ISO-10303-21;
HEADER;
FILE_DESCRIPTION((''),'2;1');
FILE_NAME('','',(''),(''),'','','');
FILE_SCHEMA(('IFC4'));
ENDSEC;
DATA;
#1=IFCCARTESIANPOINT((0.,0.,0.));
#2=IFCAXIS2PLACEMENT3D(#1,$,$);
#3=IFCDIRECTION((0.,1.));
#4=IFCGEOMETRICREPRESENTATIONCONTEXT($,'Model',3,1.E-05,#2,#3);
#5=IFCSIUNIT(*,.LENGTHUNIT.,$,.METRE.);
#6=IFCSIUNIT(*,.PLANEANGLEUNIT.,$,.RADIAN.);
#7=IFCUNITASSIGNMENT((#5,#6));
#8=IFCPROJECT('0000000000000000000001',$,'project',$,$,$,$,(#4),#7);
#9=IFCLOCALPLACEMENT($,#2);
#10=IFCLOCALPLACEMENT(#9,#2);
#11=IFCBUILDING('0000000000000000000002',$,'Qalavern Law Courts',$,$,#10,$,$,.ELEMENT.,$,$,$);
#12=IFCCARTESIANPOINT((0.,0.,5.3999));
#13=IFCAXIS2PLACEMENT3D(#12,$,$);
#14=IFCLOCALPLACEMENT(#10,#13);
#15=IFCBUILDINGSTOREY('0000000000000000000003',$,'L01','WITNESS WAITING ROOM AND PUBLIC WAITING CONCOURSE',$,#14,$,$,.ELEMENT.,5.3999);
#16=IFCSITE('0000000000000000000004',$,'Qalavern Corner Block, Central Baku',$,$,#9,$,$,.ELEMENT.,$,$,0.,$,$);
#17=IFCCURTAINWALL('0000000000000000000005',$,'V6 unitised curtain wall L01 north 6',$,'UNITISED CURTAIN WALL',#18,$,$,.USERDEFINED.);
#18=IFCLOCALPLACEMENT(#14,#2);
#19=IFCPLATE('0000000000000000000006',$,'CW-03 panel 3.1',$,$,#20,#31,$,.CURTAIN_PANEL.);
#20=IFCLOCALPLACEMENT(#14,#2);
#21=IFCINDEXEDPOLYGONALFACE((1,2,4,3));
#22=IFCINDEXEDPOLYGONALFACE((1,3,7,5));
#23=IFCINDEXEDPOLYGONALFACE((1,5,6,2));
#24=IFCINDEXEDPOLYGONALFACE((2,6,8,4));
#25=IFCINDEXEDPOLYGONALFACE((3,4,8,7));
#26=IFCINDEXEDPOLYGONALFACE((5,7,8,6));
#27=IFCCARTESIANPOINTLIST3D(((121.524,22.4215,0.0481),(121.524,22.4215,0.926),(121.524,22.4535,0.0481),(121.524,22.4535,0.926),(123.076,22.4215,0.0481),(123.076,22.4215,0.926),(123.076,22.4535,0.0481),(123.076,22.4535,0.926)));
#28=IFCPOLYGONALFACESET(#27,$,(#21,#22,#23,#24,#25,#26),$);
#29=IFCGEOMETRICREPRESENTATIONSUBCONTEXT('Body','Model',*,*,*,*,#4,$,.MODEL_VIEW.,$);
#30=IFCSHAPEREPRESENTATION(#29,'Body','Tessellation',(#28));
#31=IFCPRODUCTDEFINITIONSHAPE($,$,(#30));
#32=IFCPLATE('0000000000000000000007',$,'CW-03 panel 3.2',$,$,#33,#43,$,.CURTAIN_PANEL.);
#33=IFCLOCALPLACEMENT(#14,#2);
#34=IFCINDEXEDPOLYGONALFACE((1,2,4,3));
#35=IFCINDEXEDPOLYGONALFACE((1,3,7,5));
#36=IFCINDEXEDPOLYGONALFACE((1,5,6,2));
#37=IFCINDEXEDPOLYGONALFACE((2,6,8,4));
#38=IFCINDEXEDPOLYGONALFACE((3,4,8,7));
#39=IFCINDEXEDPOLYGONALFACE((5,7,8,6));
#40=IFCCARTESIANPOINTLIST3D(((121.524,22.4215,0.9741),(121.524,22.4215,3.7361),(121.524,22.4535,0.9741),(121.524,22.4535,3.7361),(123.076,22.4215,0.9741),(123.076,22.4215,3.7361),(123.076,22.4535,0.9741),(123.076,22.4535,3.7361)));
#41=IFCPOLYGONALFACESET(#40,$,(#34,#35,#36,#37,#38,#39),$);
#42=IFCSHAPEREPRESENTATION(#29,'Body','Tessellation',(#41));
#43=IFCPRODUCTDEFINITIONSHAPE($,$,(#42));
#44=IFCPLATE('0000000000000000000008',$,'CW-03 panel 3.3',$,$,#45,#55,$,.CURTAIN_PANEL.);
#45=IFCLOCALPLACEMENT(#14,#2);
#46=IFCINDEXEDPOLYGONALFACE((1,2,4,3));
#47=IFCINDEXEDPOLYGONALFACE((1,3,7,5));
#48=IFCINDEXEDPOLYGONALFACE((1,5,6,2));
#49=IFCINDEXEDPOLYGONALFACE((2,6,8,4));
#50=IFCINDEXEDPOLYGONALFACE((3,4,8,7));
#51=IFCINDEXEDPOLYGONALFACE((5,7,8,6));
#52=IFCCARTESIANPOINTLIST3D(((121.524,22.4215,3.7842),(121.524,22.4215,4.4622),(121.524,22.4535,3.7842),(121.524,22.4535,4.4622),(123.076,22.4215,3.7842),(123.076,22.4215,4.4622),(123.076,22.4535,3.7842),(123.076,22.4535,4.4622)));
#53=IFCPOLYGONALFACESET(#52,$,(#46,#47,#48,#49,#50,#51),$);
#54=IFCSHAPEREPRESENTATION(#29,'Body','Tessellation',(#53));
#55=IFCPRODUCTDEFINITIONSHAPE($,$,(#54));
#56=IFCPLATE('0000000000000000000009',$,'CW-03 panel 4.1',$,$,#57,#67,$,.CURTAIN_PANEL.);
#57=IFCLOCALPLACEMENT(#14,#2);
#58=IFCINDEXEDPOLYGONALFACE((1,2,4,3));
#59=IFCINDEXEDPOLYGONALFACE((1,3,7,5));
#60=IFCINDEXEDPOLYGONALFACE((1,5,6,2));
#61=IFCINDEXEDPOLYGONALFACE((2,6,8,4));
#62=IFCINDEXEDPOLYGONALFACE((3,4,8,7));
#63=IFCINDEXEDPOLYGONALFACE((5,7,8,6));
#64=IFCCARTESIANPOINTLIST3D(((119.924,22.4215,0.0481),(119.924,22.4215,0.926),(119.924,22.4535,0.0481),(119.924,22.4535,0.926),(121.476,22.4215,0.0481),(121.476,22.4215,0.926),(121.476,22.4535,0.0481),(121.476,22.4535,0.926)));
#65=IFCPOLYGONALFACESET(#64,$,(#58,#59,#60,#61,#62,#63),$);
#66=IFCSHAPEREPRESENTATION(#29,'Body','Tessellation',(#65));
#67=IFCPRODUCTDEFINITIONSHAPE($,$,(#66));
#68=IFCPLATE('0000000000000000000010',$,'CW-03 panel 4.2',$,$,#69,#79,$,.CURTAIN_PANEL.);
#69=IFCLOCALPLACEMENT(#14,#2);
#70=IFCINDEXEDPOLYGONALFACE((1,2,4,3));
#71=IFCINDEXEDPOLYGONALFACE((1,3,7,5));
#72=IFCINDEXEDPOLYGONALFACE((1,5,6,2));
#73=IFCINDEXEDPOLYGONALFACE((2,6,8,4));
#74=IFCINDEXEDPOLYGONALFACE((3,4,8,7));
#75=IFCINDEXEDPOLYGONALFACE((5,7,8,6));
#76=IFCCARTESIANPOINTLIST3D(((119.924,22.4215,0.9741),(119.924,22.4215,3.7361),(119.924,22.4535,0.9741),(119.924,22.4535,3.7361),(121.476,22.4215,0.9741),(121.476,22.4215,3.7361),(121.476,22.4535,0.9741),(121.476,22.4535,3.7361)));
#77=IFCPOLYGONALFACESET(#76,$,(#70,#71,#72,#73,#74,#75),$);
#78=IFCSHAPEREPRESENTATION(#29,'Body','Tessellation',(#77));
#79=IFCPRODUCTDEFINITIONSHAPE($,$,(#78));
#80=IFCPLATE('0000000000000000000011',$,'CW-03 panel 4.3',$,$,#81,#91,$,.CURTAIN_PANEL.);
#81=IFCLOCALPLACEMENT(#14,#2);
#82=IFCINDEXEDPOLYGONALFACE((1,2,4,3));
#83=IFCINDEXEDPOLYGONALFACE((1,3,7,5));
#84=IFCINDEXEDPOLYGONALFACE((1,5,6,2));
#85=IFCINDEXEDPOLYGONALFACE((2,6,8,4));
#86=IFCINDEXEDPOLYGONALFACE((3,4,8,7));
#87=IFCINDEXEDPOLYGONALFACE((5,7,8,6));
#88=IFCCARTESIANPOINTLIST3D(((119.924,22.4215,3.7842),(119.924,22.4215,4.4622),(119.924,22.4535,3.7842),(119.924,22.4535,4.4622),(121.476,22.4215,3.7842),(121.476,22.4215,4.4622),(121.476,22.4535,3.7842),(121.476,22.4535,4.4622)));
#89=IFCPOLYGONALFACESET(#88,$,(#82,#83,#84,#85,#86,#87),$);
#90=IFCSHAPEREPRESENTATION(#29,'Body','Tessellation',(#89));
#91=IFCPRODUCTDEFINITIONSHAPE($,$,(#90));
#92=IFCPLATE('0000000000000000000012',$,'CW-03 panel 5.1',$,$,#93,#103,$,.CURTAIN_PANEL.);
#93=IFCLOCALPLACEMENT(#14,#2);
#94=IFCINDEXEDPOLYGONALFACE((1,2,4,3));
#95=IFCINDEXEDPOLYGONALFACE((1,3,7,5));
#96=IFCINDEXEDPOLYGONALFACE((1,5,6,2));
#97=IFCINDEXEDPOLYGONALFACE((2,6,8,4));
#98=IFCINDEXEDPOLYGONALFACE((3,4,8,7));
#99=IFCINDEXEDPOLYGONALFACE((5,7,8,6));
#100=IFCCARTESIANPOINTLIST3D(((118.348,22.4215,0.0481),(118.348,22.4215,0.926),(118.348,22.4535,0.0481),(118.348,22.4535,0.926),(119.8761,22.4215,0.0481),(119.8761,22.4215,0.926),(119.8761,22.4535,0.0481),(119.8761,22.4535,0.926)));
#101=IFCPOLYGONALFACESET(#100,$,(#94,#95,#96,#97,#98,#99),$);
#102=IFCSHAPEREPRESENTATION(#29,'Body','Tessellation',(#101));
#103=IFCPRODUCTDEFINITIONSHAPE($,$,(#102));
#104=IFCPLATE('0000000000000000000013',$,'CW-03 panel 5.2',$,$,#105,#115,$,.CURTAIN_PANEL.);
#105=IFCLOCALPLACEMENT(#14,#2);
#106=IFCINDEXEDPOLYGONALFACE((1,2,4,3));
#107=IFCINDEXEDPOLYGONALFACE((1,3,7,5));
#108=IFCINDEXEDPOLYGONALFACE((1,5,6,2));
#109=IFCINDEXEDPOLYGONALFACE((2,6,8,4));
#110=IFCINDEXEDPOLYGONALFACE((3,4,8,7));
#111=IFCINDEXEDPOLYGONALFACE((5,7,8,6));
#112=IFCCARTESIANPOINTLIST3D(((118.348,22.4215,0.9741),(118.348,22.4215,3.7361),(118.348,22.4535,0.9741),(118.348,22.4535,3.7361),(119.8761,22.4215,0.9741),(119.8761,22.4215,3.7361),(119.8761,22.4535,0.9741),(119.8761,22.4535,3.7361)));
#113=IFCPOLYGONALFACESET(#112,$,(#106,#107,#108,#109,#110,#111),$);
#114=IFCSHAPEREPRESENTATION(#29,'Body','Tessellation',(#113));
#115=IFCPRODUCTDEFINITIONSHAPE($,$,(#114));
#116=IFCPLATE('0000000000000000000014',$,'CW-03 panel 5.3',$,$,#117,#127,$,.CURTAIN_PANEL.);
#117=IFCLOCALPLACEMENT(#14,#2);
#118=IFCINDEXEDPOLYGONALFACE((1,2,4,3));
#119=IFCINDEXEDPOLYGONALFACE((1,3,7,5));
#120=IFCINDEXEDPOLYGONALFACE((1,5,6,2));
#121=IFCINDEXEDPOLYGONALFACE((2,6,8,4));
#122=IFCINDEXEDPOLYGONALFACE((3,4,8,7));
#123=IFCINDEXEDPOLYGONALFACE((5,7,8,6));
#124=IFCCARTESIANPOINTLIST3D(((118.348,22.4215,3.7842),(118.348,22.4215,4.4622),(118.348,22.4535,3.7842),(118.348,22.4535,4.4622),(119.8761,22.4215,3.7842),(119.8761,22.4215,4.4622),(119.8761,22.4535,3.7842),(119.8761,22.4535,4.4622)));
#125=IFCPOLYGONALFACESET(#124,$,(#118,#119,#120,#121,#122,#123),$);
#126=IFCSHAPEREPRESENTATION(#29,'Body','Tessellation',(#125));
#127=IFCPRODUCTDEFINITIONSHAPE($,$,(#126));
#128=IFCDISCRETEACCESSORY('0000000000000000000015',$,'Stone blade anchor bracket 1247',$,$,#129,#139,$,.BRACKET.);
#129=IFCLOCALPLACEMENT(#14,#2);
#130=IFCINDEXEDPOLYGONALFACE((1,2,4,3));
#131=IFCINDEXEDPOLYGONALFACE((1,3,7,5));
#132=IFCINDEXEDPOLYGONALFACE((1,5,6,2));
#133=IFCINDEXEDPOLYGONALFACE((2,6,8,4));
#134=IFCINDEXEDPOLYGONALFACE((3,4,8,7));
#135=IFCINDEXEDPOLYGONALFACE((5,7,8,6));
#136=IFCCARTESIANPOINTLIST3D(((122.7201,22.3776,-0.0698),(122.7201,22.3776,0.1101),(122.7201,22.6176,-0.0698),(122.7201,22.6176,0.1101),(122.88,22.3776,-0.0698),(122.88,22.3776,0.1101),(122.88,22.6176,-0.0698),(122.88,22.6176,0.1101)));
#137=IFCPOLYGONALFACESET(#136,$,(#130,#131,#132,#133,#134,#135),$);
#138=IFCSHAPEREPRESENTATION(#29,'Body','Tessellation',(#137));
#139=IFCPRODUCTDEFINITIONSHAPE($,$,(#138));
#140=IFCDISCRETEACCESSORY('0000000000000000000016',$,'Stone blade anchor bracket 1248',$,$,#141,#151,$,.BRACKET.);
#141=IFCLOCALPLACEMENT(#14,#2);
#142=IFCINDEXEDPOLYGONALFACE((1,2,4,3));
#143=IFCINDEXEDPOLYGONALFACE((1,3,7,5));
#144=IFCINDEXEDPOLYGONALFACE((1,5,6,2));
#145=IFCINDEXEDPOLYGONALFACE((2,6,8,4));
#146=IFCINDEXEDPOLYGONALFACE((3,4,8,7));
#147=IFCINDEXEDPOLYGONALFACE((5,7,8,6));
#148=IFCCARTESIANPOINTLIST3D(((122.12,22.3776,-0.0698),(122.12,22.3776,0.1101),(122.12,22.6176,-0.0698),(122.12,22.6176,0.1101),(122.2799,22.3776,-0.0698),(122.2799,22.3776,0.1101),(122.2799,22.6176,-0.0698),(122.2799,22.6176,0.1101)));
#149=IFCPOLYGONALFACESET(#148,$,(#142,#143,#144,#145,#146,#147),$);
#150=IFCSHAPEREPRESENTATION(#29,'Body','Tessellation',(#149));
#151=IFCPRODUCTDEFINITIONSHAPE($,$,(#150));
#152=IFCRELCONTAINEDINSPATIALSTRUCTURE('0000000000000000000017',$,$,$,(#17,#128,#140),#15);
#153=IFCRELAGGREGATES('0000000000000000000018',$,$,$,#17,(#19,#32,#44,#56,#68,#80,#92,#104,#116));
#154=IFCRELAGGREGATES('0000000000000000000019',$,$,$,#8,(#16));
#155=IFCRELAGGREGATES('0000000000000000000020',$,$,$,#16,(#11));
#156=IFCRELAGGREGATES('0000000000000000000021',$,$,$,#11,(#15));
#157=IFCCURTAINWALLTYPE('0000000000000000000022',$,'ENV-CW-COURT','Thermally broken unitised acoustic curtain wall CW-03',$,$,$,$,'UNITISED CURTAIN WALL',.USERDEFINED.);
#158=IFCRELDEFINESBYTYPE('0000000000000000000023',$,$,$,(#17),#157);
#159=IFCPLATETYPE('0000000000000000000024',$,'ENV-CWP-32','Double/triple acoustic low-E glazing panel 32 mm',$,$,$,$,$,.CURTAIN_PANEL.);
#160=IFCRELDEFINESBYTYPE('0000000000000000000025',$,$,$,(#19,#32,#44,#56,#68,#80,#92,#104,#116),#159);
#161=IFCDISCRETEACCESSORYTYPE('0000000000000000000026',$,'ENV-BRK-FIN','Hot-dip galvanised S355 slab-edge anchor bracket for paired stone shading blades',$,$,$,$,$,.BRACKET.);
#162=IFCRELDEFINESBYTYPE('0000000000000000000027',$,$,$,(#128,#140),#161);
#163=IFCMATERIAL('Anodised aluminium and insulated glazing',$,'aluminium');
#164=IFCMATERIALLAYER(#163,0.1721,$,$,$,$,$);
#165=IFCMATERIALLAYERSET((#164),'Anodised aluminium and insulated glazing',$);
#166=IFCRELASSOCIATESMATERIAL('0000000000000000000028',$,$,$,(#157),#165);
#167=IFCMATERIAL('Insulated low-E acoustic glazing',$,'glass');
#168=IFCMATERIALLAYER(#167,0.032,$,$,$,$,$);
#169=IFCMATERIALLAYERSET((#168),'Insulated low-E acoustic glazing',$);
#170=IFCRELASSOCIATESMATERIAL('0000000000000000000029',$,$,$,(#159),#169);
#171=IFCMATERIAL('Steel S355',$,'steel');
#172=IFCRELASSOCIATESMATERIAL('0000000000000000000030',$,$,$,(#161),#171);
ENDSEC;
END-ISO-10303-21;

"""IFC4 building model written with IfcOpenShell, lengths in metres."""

from ifc_helpers import new_model, si_unit, direction, frame, origin, origin_2d, place, context, subcontext, project, spatial, rectangle, extrude, material, layer, layer_set, type_object, element, aggregate, save


model = new_model("IFC4")

# Units and contexts
model_context = context("Model", 3, precision=1e-05, world=origin(), true_north=direction((0.0, 1.0)))
body_context = subcontext(model_context, "Body", "Model", "MODEL_VIEW")
ifc_project = project(units=[si_unit("LENGTHUNIT", "METRE"), si_unit("PLANEANGLEUNIT", "RADIAN")], contexts=[model_context])

# Site, building, storey
site_placement = place(None, origin())
site = spatial("IfcSite", under=ifc_project, at=site_placement, Name="Qalavern Corner Block, Central Baku", CompositionType="ELEMENT", RefElevation=0.0)
building_placement = place(site_placement, origin())
building = spatial("IfcBuilding", under=site, at=building_placement, Name="Qalavern Law Courts", CompositionType="ELEMENT")
storey_placement = place(building_placement, frame((0.0, 0.0, 5.3999)))
storey = spatial("IfcBuildingStorey", under=building, at=storey_placement, Name="L01", Description="WITNESS WAITING ROOM AND PUBLIC WAITING CONCOURSE", CompositionType="ELEMENT", Elevation=5.3999)

# Curtain wall, plates
ifc_material_1 = material(Name="Anodised aluminium and insulated glazing", Category="aluminium")
ifc_layer_1 = layer(ifc_material_1, 0.1721)
ifc_layer_set_1 = layer_set([ifc_layer_1], Name="Anodised aluminium and insulated glazing")
curtain_wall_type = type_object("IfcCurtainWallType", Name="ENV-CW-COURT", Description="Thermally broken unitised acoustic curtain wall CW-03", ElementType="UNITISED CURTAIN WALL", PredefinedType="USERDEFINED", material=ifc_layer_set_1)
curtain_wall_placement = place(storey_placement, origin())
curtain_wall = element("IfcCurtainWall", 1, at=curtain_wall_placement, inside=storey, type_object=curtain_wall_type, Name="V6 unitised curtain wall L01 north 6", ObjectType="UNITISED CURTAIN WALL", PredefinedType="USERDEFINED")
ifc_material_2 = material(Name="Insulated low-E acoustic glazing", Category="glass")
ifc_layer_2 = layer(ifc_material_2, 0.032)
ifc_layer_set_2 = layer_set([ifc_layer_2], Name="Insulated low-E acoustic glazing")
plate_type = type_object("IfcPlateType", Name="ENV-CWP-32", Description="Double/triple acoustic low-E glazing panel 32 mm", PredefinedType="CURTAIN_PANEL", material=ifc_layer_set_2)
plate_1_placement = place(storey_placement, frame((122.3, 22.4375, 0.0481), z_axis=(0.0, 0.0, 1.0), x_axis=(-1.0, 0.0, 0.0)))
plate_1 = element("IfcPlate", 2, at=plate_1_placement, type_object=plate_type, Name="CW-03 panel 3.1", PredefinedType="CURTAIN_PANEL", context=body_context, shape_type="SweptSolid", body=[
    extrude(rectangle(XDim=1.552, YDim=0.032, at=origin_2d()), origin(), (0.0, 0.0, 1.0), 0.8779),
])
plate_2_placement = place(storey_placement, frame((122.3, 22.4375, 0.9741), z_axis=(0.0, 0.0, 1.0), x_axis=(-1.0, 0.0, 0.0)))
plate_2 = element("IfcPlate", 3, at=plate_2_placement, type_object=plate_type, Name="CW-03 panel 3.2", PredefinedType="CURTAIN_PANEL", context=body_context, shape_type="SweptSolid", body=[
    extrude(rectangle(XDim=1.552, YDim=0.032, at=origin_2d()), origin(), (0.0, 0.0, 1.0), 2.762),
])
plate_3_placement = place(storey_placement, frame((122.3, 22.4375, 3.7842), z_axis=(0.0, 0.0, 1.0), x_axis=(-1.0, 0.0, 0.0)))
plate_3 = element("IfcPlate", 4, at=plate_3_placement, type_object=plate_type, Name="CW-03 panel 3.3", PredefinedType="CURTAIN_PANEL", context=body_context, shape_type="SweptSolid", body=[
    extrude(rectangle(XDim=1.552, YDim=0.032, at=origin_2d()), origin(), (0.0, 0.0, 1.0), 0.678),
])
plate_4_placement = place(storey_placement, frame((120.7, 22.4375, 0.0481), z_axis=(0.0, 0.0, 1.0), x_axis=(-1.0, 0.0, 0.0)))
plate_4 = element("IfcPlate", 5, at=plate_4_placement, type_object=plate_type, Name="CW-03 panel 4.1", PredefinedType="CURTAIN_PANEL", context=body_context, shape_type="SweptSolid", body=[
    extrude(rectangle(XDim=1.552, YDim=0.032, at=origin_2d()), origin(), (0.0, 0.0, 1.0), 0.8779),
])
plate_5_placement = place(storey_placement, frame((120.7, 22.4375, 0.9741), z_axis=(0.0, 0.0, 1.0), x_axis=(-1.0, 0.0, 0.0)))
plate_5 = element("IfcPlate", 6, at=plate_5_placement, type_object=plate_type, Name="CW-03 panel 4.2", PredefinedType="CURTAIN_PANEL", context=body_context, shape_type="SweptSolid", body=[
    extrude(rectangle(XDim=1.552, YDim=0.032, at=origin_2d()), origin(), (0.0, 0.0, 1.0), 2.762),
])
plate_6_placement = place(storey_placement, frame((120.7, 22.4375, 3.7842), z_axis=(0.0, 0.0, 1.0), x_axis=(-1.0, 0.0, 0.0)))
plate_6 = element("IfcPlate", 7, at=plate_6_placement, type_object=plate_type, Name="CW-03 panel 4.3", PredefinedType="CURTAIN_PANEL", context=body_context, shape_type="SweptSolid", body=[
    extrude(rectangle(XDim=1.552, YDim=0.032, at=origin_2d()), origin(), (0.0, 0.0, 1.0), 0.678),
])
plate_7_placement = place(storey_placement, frame((119.1121, 22.4375, 0.0481), z_axis=(0.0, 0.0, 1.0), x_axis=(-1.0, 0.0, 0.0)))
plate_7 = element("IfcPlate", 8, at=plate_7_placement, type_object=plate_type, Name="CW-03 panel 5.1", PredefinedType="CURTAIN_PANEL", context=body_context, shape_type="SweptSolid", body=[
    extrude(rectangle(XDim=1.5281, YDim=0.032, at=origin_2d()), origin(), (0.0, 0.0, 1.0), 0.8779),
])
plate_8_placement = place(storey_placement, frame((119.1121, 22.4375, 0.9741), z_axis=(0.0, 0.0, 1.0), x_axis=(-1.0, 0.0, 0.0)))
plate_8 = element("IfcPlate", 9, at=plate_8_placement, type_object=plate_type, Name="CW-03 panel 5.2", PredefinedType="CURTAIN_PANEL", context=body_context, shape_type="SweptSolid", body=[
    extrude(rectangle(XDim=1.5281, YDim=0.032, at=origin_2d()), origin(), (0.0, 0.0, 1.0), 2.762),
])
plate_9_placement = place(storey_placement, frame((119.1121, 22.4375, 3.7842), z_axis=(0.0, 0.0, 1.0), x_axis=(-1.0, 0.0, 0.0)))
plate_9 = element("IfcPlate", 10, at=plate_9_placement, type_object=plate_type, Name="CW-03 panel 5.3", PredefinedType="CURTAIN_PANEL", context=body_context, shape_type="SweptSolid", body=[
    extrude(rectangle(XDim=1.5281, YDim=0.032, at=origin_2d()), origin(), (0.0, 0.0, 1.0), 0.678),
])
aggregate(curtain_wall, [plate_1, plate_2, plate_3, plate_4, plate_5, plate_6, plate_7, plate_8, plate_9])

# Discrete accessories
ifc_material_3 = material(Name="Steel S355", Category="steel")
discrete_accessory_type = type_object("IfcDiscreteAccessoryType", Name="ENV-BRK-FIN", Description="Hot-dip galvanised S355 slab-edge anchor bracket for paired stone shading blades", PredefinedType="BRACKET", material=ifc_material_3)
for number, where, z_axis, x_axis, name in (
    (11, (122.8, 22.4976, -0.0698), (0.0, 0.0, 1.0), (0.0, 1.0, 0.0), "Stone blade anchor bracket 1247"),
    (12, (122.2, 22.4976, -0.0698), (0.0, 0.0, 1.0), (0.0, 1.0, 0.0), "Stone blade anchor bracket 1248"),
):
    element("IfcDiscreteAccessory", number, at=place(storey_placement, frame(where, z_axis=z_axis, x_axis=x_axis)), inside=storey, type_object=discrete_accessory_type, Name=name, PredefinedType="BRACKET", context=body_context, shape_type="SweptSolid", body=[
        extrude(rectangle(XDim=0.24, YDim=0.1599, at=origin_2d()), origin(), (0.0, 0.0, 1.0), 0.1799),
    ])

save(model, "model.ifc")
